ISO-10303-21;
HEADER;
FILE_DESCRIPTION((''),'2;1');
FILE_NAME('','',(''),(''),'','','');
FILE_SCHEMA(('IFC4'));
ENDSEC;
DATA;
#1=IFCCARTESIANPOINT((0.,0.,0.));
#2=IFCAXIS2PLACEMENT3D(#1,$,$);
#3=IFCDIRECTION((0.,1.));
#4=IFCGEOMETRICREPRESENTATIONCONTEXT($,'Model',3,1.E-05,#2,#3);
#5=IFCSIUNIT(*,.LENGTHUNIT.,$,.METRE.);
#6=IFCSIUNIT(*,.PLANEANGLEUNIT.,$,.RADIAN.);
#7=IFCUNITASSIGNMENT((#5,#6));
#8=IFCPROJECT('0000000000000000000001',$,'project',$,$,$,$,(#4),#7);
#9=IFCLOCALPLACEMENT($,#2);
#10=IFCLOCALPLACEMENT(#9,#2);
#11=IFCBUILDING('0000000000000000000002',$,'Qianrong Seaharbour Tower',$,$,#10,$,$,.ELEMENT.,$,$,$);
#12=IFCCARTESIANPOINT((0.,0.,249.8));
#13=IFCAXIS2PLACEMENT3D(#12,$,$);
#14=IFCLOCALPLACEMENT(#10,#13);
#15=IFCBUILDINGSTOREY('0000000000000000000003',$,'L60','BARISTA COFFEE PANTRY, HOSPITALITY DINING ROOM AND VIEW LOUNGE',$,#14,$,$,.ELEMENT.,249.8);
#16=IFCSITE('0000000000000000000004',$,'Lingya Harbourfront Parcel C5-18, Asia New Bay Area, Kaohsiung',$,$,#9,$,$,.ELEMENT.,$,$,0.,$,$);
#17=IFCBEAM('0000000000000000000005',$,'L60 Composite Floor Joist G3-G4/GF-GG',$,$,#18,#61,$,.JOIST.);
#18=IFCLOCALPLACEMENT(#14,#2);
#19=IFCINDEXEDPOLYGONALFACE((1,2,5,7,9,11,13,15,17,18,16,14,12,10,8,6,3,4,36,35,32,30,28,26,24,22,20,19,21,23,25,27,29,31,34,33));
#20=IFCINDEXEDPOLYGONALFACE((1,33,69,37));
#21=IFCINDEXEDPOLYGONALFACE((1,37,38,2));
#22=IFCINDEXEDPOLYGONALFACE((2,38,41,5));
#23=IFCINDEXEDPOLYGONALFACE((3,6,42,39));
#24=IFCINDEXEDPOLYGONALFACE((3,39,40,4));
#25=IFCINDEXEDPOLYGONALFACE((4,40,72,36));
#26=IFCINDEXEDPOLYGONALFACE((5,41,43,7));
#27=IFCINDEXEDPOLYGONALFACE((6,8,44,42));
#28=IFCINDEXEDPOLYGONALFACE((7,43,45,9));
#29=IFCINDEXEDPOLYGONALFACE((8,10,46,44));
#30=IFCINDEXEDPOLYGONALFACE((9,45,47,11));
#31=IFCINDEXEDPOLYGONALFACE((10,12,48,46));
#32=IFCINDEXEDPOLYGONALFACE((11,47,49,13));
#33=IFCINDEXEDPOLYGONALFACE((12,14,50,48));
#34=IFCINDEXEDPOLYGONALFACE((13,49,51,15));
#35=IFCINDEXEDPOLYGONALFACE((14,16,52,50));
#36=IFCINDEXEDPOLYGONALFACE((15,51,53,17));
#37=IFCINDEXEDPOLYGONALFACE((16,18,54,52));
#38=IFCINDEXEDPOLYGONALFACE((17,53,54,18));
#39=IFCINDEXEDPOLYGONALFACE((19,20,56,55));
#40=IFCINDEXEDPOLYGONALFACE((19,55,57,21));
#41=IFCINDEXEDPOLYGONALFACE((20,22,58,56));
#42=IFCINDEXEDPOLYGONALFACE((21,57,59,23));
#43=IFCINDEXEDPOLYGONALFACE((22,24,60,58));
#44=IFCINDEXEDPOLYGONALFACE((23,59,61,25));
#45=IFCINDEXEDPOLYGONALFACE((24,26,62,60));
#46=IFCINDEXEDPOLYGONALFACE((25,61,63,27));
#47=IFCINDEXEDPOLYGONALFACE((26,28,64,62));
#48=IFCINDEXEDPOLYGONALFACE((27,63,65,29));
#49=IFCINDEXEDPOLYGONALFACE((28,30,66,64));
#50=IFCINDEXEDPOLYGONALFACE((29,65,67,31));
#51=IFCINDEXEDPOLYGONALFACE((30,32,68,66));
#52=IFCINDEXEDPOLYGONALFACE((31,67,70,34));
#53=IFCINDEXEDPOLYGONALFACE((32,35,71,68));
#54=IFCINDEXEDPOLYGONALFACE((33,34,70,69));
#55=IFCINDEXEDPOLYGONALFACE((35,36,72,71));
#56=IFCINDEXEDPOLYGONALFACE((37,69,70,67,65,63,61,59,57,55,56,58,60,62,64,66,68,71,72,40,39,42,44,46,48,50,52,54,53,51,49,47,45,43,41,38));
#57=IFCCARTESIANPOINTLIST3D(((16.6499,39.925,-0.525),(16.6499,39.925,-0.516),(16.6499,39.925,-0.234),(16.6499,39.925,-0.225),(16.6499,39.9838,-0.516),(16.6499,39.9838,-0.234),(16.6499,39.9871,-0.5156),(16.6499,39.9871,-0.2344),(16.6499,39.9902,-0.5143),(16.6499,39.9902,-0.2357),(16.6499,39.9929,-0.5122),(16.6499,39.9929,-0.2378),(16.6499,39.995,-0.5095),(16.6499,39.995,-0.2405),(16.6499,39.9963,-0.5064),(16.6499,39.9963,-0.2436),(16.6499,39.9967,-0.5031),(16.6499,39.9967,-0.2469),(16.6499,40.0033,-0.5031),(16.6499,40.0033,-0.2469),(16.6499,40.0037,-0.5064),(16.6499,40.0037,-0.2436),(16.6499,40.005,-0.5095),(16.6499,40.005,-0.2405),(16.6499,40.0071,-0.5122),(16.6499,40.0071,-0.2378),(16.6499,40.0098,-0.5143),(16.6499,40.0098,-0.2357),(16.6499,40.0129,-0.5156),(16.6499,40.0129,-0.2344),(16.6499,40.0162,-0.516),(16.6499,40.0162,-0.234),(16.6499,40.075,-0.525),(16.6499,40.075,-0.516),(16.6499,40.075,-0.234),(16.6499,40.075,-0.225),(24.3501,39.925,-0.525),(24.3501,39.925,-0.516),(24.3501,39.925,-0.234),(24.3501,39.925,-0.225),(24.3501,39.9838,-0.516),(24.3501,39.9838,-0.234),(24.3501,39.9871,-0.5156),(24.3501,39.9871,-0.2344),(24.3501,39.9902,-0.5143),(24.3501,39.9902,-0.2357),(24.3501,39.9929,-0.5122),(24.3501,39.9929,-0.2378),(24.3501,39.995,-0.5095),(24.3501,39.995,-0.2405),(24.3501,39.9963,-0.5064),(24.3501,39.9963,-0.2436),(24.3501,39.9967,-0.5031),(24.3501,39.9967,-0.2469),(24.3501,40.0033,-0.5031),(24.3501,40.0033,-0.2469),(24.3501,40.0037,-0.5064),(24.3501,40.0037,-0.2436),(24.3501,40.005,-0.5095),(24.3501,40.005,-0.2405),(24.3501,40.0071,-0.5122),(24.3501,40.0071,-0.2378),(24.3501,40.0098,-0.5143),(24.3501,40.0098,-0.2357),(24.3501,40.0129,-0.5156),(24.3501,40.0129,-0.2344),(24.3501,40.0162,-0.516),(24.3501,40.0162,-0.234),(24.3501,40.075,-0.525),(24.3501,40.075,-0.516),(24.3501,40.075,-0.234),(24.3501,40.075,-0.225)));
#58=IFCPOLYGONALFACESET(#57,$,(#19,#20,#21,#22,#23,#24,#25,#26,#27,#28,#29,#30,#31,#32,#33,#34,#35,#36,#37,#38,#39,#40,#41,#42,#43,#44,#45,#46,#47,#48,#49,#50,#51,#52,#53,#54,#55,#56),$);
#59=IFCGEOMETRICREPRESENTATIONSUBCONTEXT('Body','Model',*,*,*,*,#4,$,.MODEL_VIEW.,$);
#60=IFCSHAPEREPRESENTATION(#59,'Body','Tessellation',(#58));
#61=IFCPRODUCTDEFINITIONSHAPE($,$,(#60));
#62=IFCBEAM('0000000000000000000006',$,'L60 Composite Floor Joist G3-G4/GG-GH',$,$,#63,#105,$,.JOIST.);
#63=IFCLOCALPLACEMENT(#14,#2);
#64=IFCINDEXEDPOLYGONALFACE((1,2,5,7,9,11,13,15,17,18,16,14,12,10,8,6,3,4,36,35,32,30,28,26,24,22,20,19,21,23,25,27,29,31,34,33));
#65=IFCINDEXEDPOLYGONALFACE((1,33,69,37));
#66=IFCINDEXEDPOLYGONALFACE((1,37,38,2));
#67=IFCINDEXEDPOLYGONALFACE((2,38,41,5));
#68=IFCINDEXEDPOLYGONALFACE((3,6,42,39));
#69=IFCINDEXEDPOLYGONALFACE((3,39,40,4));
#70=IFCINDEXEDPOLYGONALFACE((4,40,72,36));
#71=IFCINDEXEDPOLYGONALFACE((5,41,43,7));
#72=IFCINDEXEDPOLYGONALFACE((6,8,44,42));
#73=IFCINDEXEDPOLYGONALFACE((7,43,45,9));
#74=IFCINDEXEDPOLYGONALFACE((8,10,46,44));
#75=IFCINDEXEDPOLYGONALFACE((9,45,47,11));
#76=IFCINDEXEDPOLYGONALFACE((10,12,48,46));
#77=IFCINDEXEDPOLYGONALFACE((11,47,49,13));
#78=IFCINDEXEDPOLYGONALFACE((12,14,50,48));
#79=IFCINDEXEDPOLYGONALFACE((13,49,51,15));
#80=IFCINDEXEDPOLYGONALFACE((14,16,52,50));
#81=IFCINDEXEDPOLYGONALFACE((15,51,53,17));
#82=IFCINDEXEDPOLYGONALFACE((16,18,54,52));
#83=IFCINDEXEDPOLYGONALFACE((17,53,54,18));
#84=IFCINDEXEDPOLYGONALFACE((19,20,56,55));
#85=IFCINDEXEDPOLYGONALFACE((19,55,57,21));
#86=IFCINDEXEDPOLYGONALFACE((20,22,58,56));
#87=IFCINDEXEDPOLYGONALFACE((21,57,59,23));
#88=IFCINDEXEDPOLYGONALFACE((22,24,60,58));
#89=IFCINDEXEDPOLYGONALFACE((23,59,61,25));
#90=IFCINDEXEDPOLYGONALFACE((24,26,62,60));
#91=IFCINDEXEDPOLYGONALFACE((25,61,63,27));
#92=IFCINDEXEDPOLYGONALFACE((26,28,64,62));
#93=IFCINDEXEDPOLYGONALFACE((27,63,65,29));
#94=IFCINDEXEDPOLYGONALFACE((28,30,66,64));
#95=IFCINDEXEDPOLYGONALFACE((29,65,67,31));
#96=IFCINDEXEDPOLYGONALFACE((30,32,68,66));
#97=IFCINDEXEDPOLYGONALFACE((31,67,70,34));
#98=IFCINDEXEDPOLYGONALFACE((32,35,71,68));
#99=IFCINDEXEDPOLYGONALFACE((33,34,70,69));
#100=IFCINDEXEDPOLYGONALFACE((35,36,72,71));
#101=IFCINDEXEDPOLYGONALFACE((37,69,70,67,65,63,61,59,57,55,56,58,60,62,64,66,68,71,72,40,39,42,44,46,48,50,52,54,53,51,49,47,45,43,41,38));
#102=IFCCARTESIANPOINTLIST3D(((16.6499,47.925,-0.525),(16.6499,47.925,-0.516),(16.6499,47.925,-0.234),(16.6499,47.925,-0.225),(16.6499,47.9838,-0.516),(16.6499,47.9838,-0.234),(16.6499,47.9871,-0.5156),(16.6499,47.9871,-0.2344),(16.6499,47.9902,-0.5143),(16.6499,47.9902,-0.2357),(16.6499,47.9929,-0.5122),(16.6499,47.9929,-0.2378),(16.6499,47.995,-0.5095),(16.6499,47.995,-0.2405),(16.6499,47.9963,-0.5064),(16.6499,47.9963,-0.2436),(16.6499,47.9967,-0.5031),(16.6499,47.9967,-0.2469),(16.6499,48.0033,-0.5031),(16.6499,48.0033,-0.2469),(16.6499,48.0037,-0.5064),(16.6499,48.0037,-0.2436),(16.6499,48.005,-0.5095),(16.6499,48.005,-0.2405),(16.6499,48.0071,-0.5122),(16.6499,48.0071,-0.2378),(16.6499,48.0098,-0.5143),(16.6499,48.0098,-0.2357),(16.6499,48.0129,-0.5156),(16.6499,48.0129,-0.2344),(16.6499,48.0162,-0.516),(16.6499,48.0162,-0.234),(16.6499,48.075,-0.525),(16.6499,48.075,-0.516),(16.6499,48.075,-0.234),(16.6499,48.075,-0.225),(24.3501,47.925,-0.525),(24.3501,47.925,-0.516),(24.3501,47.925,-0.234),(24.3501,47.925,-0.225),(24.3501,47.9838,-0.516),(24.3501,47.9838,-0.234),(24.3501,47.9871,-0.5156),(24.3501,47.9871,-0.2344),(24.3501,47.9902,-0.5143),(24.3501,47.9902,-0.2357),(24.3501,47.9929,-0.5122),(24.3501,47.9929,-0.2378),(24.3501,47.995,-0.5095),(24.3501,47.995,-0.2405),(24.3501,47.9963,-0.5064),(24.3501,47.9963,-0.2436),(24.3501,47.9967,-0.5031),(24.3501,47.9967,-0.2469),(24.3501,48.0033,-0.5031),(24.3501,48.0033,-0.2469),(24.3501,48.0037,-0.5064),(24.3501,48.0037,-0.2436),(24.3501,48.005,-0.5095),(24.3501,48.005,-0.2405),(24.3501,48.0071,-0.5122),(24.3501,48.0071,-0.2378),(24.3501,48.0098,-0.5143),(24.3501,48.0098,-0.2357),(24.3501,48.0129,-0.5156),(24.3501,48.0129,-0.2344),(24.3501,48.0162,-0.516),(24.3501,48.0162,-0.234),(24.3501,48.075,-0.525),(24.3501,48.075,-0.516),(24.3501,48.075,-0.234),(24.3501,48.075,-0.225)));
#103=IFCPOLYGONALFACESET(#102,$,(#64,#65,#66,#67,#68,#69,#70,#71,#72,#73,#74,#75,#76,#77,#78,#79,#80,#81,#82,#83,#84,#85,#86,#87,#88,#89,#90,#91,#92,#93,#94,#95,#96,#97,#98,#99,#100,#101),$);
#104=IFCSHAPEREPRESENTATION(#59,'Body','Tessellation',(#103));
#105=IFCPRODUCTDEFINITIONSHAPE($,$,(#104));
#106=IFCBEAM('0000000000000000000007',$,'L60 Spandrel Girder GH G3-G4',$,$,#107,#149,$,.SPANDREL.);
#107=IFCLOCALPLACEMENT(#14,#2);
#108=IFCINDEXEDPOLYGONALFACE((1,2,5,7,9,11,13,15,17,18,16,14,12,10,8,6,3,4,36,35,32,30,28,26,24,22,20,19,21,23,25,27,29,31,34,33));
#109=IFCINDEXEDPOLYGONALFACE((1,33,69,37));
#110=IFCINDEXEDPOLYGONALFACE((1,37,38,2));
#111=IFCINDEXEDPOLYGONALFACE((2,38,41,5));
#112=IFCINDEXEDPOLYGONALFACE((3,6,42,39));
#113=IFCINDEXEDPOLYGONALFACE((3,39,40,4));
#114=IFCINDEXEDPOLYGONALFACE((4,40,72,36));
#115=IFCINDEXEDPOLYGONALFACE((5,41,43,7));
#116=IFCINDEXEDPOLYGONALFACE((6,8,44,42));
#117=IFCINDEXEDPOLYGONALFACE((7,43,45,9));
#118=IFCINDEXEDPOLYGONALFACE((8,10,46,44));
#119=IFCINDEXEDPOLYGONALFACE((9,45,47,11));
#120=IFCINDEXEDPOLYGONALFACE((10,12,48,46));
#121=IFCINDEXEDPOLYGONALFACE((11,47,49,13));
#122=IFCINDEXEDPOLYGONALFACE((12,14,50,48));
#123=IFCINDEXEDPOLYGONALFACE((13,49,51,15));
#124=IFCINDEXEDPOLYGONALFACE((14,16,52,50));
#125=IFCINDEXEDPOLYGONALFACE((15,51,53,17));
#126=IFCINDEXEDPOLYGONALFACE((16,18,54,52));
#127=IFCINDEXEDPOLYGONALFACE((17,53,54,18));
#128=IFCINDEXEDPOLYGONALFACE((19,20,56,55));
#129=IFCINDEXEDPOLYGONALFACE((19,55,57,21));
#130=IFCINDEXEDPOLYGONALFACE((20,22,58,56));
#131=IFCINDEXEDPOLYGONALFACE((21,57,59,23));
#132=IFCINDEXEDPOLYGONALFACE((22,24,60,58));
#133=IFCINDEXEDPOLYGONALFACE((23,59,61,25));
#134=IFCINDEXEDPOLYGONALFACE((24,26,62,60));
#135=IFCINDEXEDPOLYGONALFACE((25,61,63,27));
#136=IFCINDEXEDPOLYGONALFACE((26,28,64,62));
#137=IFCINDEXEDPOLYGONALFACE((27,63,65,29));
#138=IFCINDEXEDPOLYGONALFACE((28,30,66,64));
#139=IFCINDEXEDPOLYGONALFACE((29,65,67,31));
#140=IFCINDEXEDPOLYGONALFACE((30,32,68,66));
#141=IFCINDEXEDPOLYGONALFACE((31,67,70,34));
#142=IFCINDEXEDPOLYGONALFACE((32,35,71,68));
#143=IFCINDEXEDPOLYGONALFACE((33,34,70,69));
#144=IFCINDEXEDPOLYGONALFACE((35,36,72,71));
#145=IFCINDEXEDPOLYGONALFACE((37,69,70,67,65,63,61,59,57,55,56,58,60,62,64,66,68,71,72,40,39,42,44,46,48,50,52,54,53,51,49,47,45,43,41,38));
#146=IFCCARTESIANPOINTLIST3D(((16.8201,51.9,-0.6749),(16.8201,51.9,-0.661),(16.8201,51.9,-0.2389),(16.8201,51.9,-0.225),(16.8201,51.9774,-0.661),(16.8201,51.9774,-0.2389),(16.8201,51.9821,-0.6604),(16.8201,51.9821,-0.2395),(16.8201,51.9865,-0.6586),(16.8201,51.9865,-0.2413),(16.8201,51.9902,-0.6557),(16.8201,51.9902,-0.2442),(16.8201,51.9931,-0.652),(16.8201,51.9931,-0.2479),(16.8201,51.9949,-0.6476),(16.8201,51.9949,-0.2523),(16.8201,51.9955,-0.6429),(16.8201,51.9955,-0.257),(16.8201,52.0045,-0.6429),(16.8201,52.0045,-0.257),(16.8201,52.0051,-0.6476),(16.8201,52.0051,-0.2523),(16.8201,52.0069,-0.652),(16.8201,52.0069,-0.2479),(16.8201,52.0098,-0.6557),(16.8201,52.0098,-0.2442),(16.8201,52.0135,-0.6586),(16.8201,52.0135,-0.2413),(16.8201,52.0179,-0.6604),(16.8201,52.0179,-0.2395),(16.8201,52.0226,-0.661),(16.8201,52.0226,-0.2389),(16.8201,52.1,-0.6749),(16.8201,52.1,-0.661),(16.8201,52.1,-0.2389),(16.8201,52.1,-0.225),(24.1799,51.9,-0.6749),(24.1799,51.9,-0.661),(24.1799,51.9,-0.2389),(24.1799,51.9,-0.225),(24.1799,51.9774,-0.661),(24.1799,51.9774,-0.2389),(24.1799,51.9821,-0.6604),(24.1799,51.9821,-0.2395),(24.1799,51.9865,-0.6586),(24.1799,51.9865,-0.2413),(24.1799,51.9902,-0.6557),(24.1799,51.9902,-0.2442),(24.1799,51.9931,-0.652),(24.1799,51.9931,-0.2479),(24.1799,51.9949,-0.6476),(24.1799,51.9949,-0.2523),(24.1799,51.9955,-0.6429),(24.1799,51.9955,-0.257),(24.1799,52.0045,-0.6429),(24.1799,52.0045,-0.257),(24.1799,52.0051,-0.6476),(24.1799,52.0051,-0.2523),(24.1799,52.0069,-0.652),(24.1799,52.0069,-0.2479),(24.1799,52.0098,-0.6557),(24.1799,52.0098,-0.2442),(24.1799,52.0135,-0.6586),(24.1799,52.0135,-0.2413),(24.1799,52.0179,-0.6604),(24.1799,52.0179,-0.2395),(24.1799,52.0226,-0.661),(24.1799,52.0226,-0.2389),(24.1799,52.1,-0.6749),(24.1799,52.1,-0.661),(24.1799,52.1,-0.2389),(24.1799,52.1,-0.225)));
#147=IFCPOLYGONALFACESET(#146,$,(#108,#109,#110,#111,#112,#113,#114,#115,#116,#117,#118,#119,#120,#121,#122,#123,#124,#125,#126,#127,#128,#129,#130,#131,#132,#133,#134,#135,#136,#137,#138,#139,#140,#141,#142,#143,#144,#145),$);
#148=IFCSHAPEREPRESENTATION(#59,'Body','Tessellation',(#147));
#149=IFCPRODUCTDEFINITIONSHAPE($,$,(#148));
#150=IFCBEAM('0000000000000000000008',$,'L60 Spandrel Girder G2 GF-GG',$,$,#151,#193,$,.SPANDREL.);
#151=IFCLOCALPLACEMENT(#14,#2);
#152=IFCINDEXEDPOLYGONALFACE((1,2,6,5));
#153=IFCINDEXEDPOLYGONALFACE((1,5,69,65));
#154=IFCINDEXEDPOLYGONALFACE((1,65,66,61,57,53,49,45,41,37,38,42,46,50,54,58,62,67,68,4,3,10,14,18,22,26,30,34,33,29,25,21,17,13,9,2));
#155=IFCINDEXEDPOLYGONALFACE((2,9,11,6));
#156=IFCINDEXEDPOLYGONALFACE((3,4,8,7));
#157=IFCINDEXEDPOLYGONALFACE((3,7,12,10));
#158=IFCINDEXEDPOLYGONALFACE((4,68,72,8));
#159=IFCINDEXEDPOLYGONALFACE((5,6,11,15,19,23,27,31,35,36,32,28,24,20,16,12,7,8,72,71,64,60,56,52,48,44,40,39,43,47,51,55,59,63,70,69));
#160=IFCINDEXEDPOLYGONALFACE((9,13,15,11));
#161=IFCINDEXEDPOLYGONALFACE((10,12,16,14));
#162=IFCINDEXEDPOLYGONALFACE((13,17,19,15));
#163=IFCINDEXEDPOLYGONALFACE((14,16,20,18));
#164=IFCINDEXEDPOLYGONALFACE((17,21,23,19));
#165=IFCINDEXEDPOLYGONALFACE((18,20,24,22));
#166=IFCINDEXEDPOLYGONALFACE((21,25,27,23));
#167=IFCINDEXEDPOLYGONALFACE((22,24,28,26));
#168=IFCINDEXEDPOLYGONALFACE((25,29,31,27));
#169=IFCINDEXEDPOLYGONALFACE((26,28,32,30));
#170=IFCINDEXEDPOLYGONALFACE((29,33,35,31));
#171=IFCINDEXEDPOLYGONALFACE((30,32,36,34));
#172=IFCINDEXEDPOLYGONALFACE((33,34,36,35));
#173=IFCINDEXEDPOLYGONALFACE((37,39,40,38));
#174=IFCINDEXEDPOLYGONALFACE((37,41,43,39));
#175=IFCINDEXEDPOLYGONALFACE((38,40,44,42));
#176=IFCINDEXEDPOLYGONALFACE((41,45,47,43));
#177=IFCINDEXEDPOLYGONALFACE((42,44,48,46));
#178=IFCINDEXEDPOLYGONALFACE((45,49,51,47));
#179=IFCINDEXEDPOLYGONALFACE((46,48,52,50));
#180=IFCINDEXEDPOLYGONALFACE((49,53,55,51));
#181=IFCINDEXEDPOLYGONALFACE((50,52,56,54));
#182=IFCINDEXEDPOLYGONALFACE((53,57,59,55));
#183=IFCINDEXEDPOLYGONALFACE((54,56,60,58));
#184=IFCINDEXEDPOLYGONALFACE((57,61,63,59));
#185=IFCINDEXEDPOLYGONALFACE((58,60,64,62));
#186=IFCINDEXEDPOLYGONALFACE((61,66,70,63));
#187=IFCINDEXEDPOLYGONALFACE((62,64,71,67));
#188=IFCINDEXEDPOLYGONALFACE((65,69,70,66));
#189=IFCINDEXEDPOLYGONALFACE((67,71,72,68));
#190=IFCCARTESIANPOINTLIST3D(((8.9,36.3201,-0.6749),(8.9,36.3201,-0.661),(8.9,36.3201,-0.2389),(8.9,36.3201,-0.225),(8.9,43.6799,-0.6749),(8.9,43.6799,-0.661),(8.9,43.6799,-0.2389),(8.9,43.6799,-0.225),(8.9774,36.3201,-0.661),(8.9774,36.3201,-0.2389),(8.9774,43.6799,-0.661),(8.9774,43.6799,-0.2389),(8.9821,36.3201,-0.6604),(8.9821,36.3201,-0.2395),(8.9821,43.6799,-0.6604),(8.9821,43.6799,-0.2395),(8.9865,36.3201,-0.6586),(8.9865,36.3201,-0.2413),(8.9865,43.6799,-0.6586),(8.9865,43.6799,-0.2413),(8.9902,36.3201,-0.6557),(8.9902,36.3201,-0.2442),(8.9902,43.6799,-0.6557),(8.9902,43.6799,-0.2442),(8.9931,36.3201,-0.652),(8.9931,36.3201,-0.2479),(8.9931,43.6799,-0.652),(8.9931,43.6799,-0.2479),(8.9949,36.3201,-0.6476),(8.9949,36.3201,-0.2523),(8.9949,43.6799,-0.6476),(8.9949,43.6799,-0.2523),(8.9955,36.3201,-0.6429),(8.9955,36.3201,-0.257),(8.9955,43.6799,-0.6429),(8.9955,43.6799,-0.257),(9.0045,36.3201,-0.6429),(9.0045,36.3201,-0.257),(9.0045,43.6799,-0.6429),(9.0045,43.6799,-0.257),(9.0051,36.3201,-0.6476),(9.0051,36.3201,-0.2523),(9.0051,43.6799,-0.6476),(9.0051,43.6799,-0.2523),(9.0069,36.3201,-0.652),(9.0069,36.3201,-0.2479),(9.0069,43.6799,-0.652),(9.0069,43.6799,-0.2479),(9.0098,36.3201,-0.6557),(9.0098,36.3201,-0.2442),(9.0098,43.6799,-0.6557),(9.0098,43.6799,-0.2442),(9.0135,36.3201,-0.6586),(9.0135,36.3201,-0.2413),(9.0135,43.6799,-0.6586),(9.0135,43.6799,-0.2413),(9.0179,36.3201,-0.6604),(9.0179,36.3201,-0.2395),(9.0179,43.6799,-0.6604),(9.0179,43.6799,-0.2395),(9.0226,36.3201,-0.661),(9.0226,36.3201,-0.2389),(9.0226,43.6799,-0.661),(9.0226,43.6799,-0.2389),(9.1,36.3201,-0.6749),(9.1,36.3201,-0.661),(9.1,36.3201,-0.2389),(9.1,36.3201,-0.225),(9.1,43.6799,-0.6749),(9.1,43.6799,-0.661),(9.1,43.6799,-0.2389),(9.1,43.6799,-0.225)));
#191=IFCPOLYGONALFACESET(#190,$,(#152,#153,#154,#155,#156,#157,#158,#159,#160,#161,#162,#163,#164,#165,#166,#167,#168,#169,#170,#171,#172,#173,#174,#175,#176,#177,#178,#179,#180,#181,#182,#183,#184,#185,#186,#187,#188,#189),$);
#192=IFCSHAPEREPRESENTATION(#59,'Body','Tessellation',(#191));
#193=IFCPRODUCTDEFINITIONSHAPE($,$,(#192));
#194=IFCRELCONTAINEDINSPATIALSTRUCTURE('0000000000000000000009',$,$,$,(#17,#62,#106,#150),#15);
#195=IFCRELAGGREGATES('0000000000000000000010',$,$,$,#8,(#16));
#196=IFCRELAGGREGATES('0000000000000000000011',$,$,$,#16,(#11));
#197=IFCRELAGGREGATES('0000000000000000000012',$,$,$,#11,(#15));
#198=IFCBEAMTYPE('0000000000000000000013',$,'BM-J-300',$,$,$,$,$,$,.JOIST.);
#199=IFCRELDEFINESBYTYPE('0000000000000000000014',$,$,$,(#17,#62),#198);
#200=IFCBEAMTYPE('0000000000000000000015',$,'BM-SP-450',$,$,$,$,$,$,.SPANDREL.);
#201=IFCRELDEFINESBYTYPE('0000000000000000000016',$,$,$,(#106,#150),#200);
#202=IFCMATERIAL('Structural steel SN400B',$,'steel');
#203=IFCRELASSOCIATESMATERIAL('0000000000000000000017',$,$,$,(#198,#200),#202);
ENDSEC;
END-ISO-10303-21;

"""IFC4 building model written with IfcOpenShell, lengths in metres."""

from ifc_helpers import new_model, si_unit, direction, frame, origin, origin_2d, place, context, subcontext, project, spatial, i_section, extrude, material, material_profile, profile_set, type_object, element, save


model = new_model("IFC4")

# Units and contexts
model_context = context("Model", 3, precision=1e-05, world=origin(), true_north=direction((0.0, 1.0)))
body_context = subcontext(model_context, "Body", "Model", "MODEL_VIEW")
ifc_project = project(units=[si_unit("LENGTHUNIT", "METRE"), si_unit("PLANEANGLEUNIT", "RADIAN")], contexts=[model_context])

# Site, building, storey
site_placement = place(None, origin())
site = spatial("IfcSite", under=ifc_project, at=site_placement, Name="Lingya Harbourfront Parcel C5-18, Asia New Bay Area, Kaohsiung", CompositionType="ELEMENT", RefElevation=0.0)
building_placement = place(site_placement, origin())
building = spatial("IfcBuilding", under=site, at=building_placement, Name="Qianrong Seaharbour Tower", CompositionType="ELEMENT")
storey_placement = place(building_placement, frame((0.0, 0.0, 249.8)))
storey = spatial("IfcBuildingStorey", under=building, at=storey_placement, Name="L60", Description="BARISTA COFFEE PANTRY, HOSPITALITY DINING ROOM AND VIEW LOUNGE", CompositionType="ELEMENT", Elevation=249.8)

# Beams
ifc_material_1 = material(Name="Structural steel SN400B", Category="steel")
ifc_material_profile_1 = material_profile(ifc_material_1, i_section(OverallWidth=0.1499, OverallDepth=0.3, WebThickness=0.0066, FlangeThickness=0.009, FilletRadius=0.0129, at=origin_2d()), Name="H300x150x6.5x9")
ifc_profile_set_1 = profile_set([ifc_material_profile_1], Name="Structural steel SN400B")
beam_type_1 = type_object("IfcBeamType", Name="BM-J-300", PredefinedType="JOIST", material=ifc_profile_set_1)
for number, where, z_axis, x_axis, name in (
    (1, (16.6499, 40.0, -0.375), (1.0, 0.0, 0.0), (0.0, 1.0, 0.0), "L60 Composite Floor Joist G3-G4/GF-GG"),
    (2, (16.6499, 48.0, -0.375), (1.0, 0.0, 0.0), (0.0, 1.0, 0.0), "L60 Composite Floor Joist G3-G4/GG-GH"),
):
    element("IfcBeam", number, at=place(storey_placement, frame(where, z_axis=z_axis, x_axis=x_axis)), inside=storey, type_object=beam_type_1, Name=name, PredefinedType="JOIST", context=body_context, shape_type="SweptSolid", body=[
        extrude(i_section(OverallWidth=0.1499, OverallDepth=0.3, WebThickness=0.0066, FlangeThickness=0.009, FilletRadius=0.0129, at=origin_2d()), origin(), (0.0, 0.0, 1.0), 7.7002),
    ])
ifc_material_profile_2 = material_profile(ifc_material_1, i_section(OverallWidth=0.2, OverallDepth=0.45, WebThickness=0.009, FlangeThickness=0.0139, FilletRadius=0.0181, at=origin_2d()), Name="H450x200x9x14")
ifc_profile_set_2 = profile_set([ifc_material_profile_2], Name="Structural steel SN400B")
beam_type_2 = type_object("IfcBeamType", Name="BM-SP-450", PredefinedType="SPANDREL", material=ifc_profile_set_2)
for number, where, z_axis, x_axis, name in (
    (3, (16.8201, 52.0, -0.45), (1.0, 0.0, 0.0), (0.0, 1.0, 0.0), "L60 Spandrel Girder GH G3-G4"),
    (4, (9.0, 36.3201, -0.45), (0.0, 1.0, 0.0), (-1.0, 0.0, 0.0), "L60 Spandrel Girder G2 GF-GG"),
):
    element("IfcBeam", number, at=place(storey_placement, frame(where, z_axis=z_axis, x_axis=x_axis)), inside=storey, type_object=beam_type_2, Name=name, PredefinedType="SPANDREL", context=body_context, shape_type="SweptSolid", body=[
        extrude(i_section(OverallWidth=0.2, OverallDepth=0.45, WebThickness=0.009, FlangeThickness=0.0139, FilletRadius=0.0181, at=origin_2d()), origin(), (0.0, 0.0, 1.0), 7.3599),
    ])

save(model, "model.ifc")
